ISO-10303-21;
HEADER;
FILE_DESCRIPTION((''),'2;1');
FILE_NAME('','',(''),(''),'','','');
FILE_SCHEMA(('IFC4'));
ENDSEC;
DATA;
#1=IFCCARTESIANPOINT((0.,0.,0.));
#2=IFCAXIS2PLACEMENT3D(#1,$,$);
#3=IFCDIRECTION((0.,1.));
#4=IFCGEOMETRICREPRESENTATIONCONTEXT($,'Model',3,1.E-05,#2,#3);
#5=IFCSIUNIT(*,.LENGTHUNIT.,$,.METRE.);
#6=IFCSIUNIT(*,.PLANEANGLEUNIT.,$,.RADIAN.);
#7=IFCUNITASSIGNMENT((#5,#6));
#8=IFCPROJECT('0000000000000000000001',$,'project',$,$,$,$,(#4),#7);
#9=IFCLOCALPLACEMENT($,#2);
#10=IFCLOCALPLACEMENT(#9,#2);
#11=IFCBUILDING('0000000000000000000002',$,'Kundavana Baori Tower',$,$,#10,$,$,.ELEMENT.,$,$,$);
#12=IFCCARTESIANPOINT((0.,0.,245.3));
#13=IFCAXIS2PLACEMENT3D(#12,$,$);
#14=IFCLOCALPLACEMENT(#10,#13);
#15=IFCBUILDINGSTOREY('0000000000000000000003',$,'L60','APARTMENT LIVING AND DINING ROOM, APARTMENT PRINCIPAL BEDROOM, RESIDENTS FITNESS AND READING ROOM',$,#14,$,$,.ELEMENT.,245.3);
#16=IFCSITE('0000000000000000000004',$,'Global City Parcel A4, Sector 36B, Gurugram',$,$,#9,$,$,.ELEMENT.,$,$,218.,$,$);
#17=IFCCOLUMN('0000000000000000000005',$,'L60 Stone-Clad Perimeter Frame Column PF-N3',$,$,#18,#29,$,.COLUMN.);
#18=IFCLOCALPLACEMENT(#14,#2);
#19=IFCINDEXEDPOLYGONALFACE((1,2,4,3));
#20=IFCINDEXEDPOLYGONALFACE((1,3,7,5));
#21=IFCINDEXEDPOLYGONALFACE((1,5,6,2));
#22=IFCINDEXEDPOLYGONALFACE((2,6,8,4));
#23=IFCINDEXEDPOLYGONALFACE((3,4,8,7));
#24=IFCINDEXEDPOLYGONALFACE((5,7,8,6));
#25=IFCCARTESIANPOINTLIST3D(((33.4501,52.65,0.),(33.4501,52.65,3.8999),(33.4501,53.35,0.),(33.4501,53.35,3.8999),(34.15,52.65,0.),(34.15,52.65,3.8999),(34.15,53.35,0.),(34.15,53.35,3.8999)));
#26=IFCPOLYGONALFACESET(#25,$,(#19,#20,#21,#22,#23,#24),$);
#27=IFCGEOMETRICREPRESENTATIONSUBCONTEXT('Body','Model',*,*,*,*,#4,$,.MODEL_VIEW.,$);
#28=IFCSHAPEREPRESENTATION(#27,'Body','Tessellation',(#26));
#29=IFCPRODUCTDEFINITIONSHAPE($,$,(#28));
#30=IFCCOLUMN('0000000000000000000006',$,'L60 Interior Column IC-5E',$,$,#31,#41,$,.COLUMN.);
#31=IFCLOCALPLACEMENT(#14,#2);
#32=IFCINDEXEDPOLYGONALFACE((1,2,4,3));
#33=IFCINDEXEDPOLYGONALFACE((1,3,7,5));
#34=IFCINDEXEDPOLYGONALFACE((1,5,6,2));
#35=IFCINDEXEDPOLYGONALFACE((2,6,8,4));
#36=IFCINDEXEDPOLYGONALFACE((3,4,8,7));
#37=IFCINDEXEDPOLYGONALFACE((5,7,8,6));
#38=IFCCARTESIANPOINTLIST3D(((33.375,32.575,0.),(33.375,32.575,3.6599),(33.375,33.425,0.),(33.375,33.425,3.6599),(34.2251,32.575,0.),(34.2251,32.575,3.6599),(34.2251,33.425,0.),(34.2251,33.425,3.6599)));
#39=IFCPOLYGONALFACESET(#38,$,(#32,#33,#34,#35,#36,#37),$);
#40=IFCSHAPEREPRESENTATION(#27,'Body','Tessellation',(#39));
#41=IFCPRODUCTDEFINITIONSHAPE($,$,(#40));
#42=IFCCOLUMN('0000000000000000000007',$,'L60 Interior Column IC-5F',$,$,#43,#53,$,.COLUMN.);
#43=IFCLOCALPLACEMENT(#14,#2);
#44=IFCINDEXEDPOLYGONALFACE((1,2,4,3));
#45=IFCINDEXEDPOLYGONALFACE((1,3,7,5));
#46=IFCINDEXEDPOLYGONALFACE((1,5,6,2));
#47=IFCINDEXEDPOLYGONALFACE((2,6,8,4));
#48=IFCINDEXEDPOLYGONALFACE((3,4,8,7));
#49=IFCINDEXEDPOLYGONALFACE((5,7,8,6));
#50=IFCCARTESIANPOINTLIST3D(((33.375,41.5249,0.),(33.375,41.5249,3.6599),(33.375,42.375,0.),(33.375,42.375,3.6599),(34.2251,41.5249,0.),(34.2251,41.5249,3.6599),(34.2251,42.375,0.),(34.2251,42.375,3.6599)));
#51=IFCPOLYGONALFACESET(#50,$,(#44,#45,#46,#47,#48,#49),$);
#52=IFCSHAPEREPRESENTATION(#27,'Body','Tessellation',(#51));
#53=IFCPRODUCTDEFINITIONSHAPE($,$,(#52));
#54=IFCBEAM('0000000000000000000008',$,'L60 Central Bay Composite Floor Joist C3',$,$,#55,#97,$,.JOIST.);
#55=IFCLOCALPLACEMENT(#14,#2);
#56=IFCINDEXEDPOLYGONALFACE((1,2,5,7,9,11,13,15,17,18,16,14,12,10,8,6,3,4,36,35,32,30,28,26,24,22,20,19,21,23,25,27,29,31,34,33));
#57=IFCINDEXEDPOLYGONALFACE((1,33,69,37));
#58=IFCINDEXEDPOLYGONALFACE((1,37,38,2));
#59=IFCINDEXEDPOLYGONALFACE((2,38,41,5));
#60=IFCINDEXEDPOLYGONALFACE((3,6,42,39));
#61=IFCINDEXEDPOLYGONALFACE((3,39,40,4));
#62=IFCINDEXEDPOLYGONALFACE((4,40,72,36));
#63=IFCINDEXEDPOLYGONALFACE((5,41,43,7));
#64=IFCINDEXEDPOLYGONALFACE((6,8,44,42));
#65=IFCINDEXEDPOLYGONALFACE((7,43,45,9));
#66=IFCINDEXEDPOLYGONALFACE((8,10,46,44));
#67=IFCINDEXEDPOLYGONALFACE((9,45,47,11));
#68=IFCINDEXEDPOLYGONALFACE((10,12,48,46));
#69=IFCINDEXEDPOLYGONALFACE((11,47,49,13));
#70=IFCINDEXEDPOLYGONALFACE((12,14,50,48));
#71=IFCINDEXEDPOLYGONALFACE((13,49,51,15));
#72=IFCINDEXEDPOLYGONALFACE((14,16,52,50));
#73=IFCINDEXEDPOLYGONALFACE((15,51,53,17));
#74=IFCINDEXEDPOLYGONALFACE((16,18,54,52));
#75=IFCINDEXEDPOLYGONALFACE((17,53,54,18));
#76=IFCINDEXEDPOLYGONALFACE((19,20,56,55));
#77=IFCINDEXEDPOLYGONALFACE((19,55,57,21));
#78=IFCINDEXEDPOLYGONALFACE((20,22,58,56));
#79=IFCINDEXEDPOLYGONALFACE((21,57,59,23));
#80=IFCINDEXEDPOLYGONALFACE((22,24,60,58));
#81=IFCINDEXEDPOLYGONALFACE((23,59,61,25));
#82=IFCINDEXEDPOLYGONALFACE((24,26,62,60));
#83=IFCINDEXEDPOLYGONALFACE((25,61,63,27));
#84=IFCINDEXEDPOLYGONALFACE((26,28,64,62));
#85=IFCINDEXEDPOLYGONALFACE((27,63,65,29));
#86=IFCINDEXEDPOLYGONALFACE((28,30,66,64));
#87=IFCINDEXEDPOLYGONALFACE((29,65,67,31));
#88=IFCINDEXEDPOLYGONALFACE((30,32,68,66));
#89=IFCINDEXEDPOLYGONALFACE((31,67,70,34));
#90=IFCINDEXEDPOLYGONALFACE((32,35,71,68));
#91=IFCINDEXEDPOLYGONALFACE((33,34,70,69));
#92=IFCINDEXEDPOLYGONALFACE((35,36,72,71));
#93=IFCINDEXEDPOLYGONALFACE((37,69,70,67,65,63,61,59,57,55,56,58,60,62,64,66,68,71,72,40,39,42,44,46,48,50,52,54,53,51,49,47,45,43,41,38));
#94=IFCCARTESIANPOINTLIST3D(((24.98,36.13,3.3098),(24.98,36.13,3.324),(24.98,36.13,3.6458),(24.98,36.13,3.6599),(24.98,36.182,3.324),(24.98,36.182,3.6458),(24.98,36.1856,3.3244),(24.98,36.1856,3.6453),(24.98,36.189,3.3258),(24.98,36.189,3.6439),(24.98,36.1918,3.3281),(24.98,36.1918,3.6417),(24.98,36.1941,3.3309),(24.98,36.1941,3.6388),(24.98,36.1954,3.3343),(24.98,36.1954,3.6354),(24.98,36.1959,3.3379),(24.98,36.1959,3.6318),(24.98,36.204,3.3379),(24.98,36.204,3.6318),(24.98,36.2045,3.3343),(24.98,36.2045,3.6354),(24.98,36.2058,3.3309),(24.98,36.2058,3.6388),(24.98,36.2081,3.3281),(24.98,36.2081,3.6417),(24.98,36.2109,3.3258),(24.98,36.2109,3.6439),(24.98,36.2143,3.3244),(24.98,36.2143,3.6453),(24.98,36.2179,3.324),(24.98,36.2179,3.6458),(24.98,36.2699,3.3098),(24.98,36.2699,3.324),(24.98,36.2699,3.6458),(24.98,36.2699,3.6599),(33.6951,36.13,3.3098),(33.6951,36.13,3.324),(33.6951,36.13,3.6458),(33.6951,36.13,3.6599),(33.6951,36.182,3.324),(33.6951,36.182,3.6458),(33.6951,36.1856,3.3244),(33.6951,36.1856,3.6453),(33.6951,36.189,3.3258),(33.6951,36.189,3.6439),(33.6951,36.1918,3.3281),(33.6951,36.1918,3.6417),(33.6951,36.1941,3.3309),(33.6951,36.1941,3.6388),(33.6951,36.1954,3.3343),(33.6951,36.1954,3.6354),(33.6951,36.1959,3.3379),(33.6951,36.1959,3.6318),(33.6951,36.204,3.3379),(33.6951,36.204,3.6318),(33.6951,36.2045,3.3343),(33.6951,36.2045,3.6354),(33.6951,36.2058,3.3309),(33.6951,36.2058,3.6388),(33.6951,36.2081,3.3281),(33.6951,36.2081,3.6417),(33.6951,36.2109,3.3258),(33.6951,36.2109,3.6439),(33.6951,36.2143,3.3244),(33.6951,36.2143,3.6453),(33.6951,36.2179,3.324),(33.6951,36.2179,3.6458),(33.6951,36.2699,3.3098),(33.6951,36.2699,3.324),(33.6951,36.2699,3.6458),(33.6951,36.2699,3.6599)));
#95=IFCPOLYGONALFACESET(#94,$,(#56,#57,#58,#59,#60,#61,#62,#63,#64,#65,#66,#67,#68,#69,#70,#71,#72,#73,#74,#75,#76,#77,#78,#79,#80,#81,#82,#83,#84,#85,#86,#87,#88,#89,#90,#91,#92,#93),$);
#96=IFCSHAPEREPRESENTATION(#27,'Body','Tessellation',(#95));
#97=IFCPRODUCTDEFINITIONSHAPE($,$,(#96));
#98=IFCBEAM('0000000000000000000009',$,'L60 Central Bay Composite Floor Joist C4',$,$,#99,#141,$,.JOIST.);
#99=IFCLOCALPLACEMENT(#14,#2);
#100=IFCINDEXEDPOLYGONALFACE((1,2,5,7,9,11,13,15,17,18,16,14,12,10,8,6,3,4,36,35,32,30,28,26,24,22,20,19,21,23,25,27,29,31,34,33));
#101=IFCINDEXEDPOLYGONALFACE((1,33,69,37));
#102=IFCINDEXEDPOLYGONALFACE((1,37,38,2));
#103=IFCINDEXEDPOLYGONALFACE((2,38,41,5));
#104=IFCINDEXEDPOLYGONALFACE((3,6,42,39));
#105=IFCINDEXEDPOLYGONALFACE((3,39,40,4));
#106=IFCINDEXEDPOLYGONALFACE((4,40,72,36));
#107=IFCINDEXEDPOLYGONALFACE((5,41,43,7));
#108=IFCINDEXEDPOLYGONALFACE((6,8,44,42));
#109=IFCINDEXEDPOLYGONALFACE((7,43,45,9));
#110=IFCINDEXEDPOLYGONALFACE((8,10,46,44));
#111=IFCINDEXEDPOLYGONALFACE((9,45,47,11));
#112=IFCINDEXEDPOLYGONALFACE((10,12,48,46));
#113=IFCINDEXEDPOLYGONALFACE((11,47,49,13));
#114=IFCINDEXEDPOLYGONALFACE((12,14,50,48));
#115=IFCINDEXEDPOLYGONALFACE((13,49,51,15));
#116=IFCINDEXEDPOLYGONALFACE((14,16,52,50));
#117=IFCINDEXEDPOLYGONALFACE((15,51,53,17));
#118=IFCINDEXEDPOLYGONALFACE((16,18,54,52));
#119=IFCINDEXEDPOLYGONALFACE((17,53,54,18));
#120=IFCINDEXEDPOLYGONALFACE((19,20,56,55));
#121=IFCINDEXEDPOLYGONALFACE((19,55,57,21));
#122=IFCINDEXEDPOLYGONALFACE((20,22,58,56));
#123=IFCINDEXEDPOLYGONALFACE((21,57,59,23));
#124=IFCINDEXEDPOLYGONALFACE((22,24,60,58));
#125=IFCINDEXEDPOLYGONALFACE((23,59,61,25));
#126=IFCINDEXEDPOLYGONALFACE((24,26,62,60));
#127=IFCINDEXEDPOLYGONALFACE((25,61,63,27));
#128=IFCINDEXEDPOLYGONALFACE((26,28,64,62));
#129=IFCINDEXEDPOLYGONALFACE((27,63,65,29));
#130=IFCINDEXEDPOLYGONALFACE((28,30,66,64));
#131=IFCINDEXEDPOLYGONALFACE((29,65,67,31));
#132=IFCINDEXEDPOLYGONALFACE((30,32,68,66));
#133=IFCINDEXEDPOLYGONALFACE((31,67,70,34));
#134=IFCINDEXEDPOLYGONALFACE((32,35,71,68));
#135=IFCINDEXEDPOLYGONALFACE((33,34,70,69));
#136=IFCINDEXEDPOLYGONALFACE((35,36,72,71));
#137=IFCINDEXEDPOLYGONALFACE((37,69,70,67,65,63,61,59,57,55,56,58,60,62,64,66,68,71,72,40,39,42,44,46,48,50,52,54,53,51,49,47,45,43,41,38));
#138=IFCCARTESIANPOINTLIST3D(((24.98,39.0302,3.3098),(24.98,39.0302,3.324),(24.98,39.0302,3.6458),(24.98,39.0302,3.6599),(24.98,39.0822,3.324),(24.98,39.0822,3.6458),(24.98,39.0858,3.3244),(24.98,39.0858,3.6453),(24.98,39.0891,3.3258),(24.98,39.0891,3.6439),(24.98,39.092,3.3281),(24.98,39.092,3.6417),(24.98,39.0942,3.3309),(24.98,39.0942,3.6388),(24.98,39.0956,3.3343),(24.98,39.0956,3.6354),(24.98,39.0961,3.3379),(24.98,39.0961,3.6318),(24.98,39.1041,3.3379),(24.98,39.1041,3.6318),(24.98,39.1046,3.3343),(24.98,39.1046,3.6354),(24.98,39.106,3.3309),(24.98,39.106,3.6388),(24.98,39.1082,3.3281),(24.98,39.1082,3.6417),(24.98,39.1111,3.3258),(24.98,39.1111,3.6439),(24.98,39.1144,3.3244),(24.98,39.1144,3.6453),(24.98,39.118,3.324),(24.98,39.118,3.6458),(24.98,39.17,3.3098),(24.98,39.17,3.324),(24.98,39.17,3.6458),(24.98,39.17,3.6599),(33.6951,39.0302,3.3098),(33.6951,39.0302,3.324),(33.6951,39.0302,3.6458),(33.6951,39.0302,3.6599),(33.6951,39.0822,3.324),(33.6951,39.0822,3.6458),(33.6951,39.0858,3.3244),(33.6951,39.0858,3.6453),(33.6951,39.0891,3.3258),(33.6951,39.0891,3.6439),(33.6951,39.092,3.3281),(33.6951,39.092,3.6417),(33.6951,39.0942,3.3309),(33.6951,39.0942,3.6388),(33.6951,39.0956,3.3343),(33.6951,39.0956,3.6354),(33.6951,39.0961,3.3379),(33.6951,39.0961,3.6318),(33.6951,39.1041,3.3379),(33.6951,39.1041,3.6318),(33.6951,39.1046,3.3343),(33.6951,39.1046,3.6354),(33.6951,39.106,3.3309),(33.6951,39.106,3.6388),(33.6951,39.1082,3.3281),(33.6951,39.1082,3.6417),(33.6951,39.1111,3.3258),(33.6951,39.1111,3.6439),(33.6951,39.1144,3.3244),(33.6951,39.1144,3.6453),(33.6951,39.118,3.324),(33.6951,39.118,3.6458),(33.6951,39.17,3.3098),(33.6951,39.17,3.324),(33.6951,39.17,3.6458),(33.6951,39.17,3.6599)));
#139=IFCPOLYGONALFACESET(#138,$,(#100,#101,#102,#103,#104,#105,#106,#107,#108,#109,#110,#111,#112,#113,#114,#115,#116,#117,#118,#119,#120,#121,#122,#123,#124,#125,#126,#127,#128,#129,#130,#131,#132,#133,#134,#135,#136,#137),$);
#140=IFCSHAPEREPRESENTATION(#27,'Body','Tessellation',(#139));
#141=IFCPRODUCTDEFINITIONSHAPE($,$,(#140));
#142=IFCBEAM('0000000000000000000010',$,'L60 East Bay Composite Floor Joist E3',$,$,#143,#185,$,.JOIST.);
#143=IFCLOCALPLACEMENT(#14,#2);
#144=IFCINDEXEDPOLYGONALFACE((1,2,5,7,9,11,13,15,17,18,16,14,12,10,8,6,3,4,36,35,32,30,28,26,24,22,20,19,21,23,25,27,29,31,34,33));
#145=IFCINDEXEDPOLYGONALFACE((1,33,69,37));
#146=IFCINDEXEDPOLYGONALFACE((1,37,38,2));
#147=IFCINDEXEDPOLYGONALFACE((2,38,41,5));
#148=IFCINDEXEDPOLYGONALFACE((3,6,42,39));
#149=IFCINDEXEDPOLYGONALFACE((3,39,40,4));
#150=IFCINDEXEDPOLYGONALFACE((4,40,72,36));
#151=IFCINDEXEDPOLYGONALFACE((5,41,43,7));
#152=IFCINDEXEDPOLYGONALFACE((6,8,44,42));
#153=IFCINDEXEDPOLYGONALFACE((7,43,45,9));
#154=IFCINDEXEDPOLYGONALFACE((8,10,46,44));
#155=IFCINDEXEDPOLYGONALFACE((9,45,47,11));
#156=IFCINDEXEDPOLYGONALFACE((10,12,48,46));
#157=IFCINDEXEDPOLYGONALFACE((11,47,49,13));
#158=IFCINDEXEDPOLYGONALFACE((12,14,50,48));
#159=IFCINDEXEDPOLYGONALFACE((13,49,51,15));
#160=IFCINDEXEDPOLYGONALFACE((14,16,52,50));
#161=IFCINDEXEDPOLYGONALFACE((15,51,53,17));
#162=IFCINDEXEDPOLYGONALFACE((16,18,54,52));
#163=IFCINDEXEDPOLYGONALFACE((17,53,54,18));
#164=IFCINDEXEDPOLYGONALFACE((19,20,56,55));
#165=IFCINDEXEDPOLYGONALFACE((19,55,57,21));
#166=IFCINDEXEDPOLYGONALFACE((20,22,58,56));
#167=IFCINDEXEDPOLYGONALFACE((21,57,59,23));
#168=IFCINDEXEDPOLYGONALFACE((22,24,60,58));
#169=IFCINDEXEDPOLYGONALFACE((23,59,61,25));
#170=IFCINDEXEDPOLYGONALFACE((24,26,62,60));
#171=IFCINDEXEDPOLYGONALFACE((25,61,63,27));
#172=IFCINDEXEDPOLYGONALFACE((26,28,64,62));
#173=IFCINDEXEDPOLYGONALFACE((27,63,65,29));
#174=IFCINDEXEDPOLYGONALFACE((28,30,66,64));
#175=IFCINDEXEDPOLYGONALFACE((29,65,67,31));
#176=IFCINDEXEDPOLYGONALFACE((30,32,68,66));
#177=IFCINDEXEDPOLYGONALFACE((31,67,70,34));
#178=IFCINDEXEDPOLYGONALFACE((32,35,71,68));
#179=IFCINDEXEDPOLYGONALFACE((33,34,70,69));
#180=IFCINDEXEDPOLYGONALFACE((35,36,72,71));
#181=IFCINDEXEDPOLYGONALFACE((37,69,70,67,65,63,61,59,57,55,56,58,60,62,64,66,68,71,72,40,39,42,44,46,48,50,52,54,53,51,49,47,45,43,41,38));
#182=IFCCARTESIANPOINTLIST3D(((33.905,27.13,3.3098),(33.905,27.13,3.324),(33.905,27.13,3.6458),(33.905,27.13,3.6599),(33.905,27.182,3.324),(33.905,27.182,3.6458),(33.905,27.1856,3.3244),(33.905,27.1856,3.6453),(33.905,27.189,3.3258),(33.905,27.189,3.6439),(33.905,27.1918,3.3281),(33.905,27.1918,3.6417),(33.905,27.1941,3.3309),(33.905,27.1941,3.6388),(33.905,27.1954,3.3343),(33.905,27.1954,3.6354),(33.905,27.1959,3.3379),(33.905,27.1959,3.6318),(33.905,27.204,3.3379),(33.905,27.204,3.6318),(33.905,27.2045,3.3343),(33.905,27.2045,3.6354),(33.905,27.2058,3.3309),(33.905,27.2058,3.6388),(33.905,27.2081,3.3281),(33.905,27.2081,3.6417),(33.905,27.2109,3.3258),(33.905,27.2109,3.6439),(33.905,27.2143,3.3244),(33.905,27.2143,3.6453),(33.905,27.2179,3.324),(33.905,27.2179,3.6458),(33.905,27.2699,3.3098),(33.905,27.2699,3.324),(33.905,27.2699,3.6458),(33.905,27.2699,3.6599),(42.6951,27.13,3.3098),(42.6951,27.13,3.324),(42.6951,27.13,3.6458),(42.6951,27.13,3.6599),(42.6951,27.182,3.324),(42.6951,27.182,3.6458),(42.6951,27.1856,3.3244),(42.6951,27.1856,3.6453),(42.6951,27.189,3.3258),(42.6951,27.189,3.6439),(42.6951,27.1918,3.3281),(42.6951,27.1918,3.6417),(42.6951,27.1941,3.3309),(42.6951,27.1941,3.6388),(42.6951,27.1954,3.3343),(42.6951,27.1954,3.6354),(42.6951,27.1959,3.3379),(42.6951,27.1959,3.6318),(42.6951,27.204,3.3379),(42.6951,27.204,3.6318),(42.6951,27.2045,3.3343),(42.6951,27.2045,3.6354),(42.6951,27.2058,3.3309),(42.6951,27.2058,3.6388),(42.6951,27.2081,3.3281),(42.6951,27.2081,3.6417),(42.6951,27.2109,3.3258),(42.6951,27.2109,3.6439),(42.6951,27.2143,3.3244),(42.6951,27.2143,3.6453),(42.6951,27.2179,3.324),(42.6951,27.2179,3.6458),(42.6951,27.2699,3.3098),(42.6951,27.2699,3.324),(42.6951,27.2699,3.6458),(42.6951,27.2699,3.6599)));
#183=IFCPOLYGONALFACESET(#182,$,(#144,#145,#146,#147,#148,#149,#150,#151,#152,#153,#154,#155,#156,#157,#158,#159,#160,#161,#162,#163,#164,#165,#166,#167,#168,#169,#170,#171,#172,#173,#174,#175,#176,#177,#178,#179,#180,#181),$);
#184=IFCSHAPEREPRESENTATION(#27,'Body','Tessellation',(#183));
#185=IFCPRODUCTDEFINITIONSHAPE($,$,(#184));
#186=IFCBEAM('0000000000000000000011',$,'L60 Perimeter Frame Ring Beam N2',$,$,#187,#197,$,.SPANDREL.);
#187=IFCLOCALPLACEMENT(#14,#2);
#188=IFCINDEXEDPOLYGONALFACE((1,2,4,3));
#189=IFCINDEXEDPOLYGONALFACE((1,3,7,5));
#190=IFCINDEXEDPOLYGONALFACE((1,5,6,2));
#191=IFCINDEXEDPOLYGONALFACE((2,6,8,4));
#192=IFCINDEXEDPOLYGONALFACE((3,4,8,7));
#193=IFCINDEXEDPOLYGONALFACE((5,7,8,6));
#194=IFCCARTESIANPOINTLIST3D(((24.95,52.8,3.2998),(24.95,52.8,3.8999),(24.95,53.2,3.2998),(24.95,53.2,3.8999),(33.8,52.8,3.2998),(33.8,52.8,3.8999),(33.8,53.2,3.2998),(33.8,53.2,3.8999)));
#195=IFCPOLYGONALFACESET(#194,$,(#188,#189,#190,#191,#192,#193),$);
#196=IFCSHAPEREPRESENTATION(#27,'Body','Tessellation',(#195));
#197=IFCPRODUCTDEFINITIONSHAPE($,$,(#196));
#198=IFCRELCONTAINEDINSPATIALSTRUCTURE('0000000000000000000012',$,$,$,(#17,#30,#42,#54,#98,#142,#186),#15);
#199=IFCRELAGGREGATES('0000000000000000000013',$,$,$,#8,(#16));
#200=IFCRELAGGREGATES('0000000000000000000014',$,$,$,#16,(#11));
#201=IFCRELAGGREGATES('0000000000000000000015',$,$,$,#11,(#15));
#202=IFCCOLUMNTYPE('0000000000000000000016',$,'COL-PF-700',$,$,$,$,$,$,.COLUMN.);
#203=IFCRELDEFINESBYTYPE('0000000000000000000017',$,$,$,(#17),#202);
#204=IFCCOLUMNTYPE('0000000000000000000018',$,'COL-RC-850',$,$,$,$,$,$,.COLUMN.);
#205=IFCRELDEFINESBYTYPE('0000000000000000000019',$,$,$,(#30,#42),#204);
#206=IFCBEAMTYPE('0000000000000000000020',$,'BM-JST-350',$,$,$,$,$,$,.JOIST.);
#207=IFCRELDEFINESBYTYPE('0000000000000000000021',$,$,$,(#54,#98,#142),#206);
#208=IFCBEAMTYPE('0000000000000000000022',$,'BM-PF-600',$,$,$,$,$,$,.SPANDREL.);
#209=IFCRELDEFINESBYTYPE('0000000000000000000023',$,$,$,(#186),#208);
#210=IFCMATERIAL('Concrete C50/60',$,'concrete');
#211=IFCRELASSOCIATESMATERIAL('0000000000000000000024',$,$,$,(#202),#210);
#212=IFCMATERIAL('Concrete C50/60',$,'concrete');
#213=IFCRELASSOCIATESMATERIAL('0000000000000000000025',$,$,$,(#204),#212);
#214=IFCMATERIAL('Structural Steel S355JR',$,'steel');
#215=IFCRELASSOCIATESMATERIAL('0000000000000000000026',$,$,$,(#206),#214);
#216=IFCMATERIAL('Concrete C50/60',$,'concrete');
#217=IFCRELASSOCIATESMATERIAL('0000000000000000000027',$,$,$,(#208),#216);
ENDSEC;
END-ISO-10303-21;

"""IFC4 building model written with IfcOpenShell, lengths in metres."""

from ifc_helpers import new_model, si_unit, direction, frame, origin, origin_2d, place, context, subcontext, project, spatial, rectangle, i_section, extrude, material, material_profile, profile_set, type_object, element, save


model = new_model("IFC4")

# Units and contexts
model_context = context("Model", 3, precision=1e-05, world=origin(), true_north=direction((0.0, 1.0)))
body_context = subcontext(model_context, "Body", "Model", "MODEL_VIEW")
ifc_project = project(units=[si_unit("LENGTHUNIT", "METRE"), si_unit("PLANEANGLEUNIT", "RADIAN")], contexts=[model_context])

# Site, building, storey
site_placement = place(None, origin())
site = spatial("IfcSite", under=ifc_project, at=site_placement, Name="Global City Parcel A4, Sector 36B, Gurugram", CompositionType="ELEMENT", RefElevation=218.0)
building_placement = place(site_placement, origin())
building = spatial("IfcBuilding", under=site, at=building_placement, Name="Kundavana Baori Tower", CompositionType="ELEMENT")
storey_placement = place(building_placement, frame((0.0, 0.0, 245.3)))
storey = spatial("IfcBuildingStorey", under=building, at=storey_placement, Name="L60", Description="APARTMENT LIVING AND DINING ROOM, APARTMENT PRINCIPAL BEDROOM, RESIDENTS FITNESS AND READING ROOM", CompositionType="ELEMENT", Elevation=245.3)

# Columns
ifc_material_1 = material(Name="Concrete C50/60", Category="concrete")
ifc_material_profile_1 = material_profile(ifc_material_1, rectangle(XDim=0.7, YDim=0.7, at=origin_2d()), Name="RC PF 700x700")
ifc_profile_set_1 = profile_set([ifc_material_profile_1], Name="Concrete C50/60")
column_type_1 = type_object("IfcColumnType", Name="COL-PF-700", PredefinedType="COLUMN", material=ifc_profile_set_1)
column_placement = place(storey_placement, frame((33.8, 53.0, 0.0), z_axis=(0.0, 0.0, 1.0), x_axis=(1.0, 0.0, 0.0)))
element("IfcColumn", 1, at=column_placement, inside=storey, type_object=column_type_1, Name="L60 Stone-Clad Perimeter Frame Column PF-N3", PredefinedType="COLUMN", context=body_context, shape_type="SweptSolid", body=[
    extrude(rectangle(XDim=0.7, YDim=0.7, at=origin_2d()), origin(), (0.0, 0.0, 1.0), 3.8999),
])
ifc_material_2 = material(Name="Concrete C50/60", Category="concrete")
ifc_material_profile_2 = material_profile(ifc_material_2, rectangle(XDim=0.8501, YDim=0.8501, at=origin_2d()), Name="RC 850x850")
ifc_profile_set_2 = profile_set([ifc_material_profile_2], Name="Concrete C50/60")
column_type_2 = type_object("IfcColumnType", Name="COL-RC-850", PredefinedType="COLUMN", material=ifc_profile_set_2)
for number, where, z_axis, x_axis, name in (
    (2, (33.8, 33.0, 0.0), (0.0, 0.0, 1.0), (1.0, 0.0, 0.0), "L60 Interior Column IC-5E"),
    (3, (33.8, 41.95, 0.0), (0.0, 0.0, 1.0), (1.0, 0.0, 0.0), "L60 Interior Column IC-5F"),
):
    element("IfcColumn", number, at=place(storey_placement, frame(where, z_axis=z_axis, x_axis=x_axis)), inside=storey, type_object=column_type_2, Name=name, PredefinedType="COLUMN", context=body_context, shape_type="SweptSolid", body=[
        extrude(rectangle(XDim=0.8501, YDim=0.8501, at=origin_2d()), origin(), (0.0, 0.0, 1.0), 3.6599),
    ])

# Beams
ifc_material_3 = material(Name="Structural Steel S355JR", Category="steel")
ifc_material_profile_3 = material_profile(ifc_material_3, i_section(OverallWidth=0.1399, OverallDepth=0.3501, WebThickness=0.0081, FlangeThickness=0.0142, FilletRadius=0.0139, at=origin_2d()), Name="ISMB 350")
ifc_profile_set_3 = profile_set([ifc_material_profile_3], Name="Structural Steel S355JR")
beam_type_1 = type_object("IfcBeamType", Name="BM-JST-350", PredefinedType="JOIST", material=ifc_profile_set_3)
for number, where, z_axis, x_axis, name in (
    (4, (24.98, 36.2, 3.4849), (1.0, 0.0, 0.0), (0.0, 1.0, 0.0), "L60 Central Bay Composite Floor Joist C3"),
    (5, (24.98, 39.1001, 3.4849), (1.0, 0.0, 0.0), (0.0, 1.0, 0.0), "L60 Central Bay Composite Floor Joist C4"),
):
    element("IfcBeam", number, at=place(storey_placement, frame(where, z_axis=z_axis, x_axis=x_axis)), inside=storey, type_object=beam_type_1, Name=name, PredefinedType="JOIST", context=body_context, shape_type="SweptSolid", body=[
        extrude(i_section(OverallWidth=0.1399, OverallDepth=0.3501, WebThickness=0.0081, FlangeThickness=0.0142, FilletRadius=0.0139, at=origin_2d()), origin(), (0.0, 0.0, 1.0), 8.7151),
    ])
beam_1_placement = place(storey_placement, frame((33.905, 27.2, 3.4849), z_axis=(1.0, 0.0, 0.0), x_axis=(0.0, 1.0, 0.0)))
element("IfcBeam", 6, at=beam_1_placement, inside=storey, type_object=beam_type_1, Name="L60 East Bay Composite Floor Joist E3", PredefinedType="JOIST", context=body_context, shape_type="SweptSolid", body=[
    extrude(i_section(OverallWidth=0.1399, OverallDepth=0.3501, WebThickness=0.0081, FlangeThickness=0.0142, FilletRadius=0.0139, at=origin_2d()), origin(), (0.0, 0.0, 1.0), 8.79),
])
ifc_material_4 = material(Name="Concrete C50/60", Category="concrete")
ifc_material_profile_4 = material_profile(ifc_material_4, rectangle(XDim=0.3999, YDim=0.6001, at=origin_2d()), Name="RC BM 400x600")
ifc_profile_set_4 = profile_set([ifc_material_profile_4], Name="Concrete C50/60")
beam_type_2 = type_object("IfcBeamType", Name="BM-PF-600", PredefinedType="SPANDREL", material=ifc_profile_set_4)
beam_2_placement = place(storey_placement, frame((24.95, 53.0, 3.5999), z_axis=(1.0, 0.0, 0.0), x_axis=(0.0, 1.0, 0.0)))
element("IfcBeam", 7, at=beam_2_placement, inside=storey, type_object=beam_type_2, Name="L60 Perimeter Frame Ring Beam N2", PredefinedType="SPANDREL", context=body_context, shape_type="SweptSolid", body=[
    extrude(rectangle(XDim=0.3999, YDim=0.6001, at=origin_2d()), origin(), (0.0, 0.0, 1.0), 8.8501),
])

save(model, "model.ifc")
